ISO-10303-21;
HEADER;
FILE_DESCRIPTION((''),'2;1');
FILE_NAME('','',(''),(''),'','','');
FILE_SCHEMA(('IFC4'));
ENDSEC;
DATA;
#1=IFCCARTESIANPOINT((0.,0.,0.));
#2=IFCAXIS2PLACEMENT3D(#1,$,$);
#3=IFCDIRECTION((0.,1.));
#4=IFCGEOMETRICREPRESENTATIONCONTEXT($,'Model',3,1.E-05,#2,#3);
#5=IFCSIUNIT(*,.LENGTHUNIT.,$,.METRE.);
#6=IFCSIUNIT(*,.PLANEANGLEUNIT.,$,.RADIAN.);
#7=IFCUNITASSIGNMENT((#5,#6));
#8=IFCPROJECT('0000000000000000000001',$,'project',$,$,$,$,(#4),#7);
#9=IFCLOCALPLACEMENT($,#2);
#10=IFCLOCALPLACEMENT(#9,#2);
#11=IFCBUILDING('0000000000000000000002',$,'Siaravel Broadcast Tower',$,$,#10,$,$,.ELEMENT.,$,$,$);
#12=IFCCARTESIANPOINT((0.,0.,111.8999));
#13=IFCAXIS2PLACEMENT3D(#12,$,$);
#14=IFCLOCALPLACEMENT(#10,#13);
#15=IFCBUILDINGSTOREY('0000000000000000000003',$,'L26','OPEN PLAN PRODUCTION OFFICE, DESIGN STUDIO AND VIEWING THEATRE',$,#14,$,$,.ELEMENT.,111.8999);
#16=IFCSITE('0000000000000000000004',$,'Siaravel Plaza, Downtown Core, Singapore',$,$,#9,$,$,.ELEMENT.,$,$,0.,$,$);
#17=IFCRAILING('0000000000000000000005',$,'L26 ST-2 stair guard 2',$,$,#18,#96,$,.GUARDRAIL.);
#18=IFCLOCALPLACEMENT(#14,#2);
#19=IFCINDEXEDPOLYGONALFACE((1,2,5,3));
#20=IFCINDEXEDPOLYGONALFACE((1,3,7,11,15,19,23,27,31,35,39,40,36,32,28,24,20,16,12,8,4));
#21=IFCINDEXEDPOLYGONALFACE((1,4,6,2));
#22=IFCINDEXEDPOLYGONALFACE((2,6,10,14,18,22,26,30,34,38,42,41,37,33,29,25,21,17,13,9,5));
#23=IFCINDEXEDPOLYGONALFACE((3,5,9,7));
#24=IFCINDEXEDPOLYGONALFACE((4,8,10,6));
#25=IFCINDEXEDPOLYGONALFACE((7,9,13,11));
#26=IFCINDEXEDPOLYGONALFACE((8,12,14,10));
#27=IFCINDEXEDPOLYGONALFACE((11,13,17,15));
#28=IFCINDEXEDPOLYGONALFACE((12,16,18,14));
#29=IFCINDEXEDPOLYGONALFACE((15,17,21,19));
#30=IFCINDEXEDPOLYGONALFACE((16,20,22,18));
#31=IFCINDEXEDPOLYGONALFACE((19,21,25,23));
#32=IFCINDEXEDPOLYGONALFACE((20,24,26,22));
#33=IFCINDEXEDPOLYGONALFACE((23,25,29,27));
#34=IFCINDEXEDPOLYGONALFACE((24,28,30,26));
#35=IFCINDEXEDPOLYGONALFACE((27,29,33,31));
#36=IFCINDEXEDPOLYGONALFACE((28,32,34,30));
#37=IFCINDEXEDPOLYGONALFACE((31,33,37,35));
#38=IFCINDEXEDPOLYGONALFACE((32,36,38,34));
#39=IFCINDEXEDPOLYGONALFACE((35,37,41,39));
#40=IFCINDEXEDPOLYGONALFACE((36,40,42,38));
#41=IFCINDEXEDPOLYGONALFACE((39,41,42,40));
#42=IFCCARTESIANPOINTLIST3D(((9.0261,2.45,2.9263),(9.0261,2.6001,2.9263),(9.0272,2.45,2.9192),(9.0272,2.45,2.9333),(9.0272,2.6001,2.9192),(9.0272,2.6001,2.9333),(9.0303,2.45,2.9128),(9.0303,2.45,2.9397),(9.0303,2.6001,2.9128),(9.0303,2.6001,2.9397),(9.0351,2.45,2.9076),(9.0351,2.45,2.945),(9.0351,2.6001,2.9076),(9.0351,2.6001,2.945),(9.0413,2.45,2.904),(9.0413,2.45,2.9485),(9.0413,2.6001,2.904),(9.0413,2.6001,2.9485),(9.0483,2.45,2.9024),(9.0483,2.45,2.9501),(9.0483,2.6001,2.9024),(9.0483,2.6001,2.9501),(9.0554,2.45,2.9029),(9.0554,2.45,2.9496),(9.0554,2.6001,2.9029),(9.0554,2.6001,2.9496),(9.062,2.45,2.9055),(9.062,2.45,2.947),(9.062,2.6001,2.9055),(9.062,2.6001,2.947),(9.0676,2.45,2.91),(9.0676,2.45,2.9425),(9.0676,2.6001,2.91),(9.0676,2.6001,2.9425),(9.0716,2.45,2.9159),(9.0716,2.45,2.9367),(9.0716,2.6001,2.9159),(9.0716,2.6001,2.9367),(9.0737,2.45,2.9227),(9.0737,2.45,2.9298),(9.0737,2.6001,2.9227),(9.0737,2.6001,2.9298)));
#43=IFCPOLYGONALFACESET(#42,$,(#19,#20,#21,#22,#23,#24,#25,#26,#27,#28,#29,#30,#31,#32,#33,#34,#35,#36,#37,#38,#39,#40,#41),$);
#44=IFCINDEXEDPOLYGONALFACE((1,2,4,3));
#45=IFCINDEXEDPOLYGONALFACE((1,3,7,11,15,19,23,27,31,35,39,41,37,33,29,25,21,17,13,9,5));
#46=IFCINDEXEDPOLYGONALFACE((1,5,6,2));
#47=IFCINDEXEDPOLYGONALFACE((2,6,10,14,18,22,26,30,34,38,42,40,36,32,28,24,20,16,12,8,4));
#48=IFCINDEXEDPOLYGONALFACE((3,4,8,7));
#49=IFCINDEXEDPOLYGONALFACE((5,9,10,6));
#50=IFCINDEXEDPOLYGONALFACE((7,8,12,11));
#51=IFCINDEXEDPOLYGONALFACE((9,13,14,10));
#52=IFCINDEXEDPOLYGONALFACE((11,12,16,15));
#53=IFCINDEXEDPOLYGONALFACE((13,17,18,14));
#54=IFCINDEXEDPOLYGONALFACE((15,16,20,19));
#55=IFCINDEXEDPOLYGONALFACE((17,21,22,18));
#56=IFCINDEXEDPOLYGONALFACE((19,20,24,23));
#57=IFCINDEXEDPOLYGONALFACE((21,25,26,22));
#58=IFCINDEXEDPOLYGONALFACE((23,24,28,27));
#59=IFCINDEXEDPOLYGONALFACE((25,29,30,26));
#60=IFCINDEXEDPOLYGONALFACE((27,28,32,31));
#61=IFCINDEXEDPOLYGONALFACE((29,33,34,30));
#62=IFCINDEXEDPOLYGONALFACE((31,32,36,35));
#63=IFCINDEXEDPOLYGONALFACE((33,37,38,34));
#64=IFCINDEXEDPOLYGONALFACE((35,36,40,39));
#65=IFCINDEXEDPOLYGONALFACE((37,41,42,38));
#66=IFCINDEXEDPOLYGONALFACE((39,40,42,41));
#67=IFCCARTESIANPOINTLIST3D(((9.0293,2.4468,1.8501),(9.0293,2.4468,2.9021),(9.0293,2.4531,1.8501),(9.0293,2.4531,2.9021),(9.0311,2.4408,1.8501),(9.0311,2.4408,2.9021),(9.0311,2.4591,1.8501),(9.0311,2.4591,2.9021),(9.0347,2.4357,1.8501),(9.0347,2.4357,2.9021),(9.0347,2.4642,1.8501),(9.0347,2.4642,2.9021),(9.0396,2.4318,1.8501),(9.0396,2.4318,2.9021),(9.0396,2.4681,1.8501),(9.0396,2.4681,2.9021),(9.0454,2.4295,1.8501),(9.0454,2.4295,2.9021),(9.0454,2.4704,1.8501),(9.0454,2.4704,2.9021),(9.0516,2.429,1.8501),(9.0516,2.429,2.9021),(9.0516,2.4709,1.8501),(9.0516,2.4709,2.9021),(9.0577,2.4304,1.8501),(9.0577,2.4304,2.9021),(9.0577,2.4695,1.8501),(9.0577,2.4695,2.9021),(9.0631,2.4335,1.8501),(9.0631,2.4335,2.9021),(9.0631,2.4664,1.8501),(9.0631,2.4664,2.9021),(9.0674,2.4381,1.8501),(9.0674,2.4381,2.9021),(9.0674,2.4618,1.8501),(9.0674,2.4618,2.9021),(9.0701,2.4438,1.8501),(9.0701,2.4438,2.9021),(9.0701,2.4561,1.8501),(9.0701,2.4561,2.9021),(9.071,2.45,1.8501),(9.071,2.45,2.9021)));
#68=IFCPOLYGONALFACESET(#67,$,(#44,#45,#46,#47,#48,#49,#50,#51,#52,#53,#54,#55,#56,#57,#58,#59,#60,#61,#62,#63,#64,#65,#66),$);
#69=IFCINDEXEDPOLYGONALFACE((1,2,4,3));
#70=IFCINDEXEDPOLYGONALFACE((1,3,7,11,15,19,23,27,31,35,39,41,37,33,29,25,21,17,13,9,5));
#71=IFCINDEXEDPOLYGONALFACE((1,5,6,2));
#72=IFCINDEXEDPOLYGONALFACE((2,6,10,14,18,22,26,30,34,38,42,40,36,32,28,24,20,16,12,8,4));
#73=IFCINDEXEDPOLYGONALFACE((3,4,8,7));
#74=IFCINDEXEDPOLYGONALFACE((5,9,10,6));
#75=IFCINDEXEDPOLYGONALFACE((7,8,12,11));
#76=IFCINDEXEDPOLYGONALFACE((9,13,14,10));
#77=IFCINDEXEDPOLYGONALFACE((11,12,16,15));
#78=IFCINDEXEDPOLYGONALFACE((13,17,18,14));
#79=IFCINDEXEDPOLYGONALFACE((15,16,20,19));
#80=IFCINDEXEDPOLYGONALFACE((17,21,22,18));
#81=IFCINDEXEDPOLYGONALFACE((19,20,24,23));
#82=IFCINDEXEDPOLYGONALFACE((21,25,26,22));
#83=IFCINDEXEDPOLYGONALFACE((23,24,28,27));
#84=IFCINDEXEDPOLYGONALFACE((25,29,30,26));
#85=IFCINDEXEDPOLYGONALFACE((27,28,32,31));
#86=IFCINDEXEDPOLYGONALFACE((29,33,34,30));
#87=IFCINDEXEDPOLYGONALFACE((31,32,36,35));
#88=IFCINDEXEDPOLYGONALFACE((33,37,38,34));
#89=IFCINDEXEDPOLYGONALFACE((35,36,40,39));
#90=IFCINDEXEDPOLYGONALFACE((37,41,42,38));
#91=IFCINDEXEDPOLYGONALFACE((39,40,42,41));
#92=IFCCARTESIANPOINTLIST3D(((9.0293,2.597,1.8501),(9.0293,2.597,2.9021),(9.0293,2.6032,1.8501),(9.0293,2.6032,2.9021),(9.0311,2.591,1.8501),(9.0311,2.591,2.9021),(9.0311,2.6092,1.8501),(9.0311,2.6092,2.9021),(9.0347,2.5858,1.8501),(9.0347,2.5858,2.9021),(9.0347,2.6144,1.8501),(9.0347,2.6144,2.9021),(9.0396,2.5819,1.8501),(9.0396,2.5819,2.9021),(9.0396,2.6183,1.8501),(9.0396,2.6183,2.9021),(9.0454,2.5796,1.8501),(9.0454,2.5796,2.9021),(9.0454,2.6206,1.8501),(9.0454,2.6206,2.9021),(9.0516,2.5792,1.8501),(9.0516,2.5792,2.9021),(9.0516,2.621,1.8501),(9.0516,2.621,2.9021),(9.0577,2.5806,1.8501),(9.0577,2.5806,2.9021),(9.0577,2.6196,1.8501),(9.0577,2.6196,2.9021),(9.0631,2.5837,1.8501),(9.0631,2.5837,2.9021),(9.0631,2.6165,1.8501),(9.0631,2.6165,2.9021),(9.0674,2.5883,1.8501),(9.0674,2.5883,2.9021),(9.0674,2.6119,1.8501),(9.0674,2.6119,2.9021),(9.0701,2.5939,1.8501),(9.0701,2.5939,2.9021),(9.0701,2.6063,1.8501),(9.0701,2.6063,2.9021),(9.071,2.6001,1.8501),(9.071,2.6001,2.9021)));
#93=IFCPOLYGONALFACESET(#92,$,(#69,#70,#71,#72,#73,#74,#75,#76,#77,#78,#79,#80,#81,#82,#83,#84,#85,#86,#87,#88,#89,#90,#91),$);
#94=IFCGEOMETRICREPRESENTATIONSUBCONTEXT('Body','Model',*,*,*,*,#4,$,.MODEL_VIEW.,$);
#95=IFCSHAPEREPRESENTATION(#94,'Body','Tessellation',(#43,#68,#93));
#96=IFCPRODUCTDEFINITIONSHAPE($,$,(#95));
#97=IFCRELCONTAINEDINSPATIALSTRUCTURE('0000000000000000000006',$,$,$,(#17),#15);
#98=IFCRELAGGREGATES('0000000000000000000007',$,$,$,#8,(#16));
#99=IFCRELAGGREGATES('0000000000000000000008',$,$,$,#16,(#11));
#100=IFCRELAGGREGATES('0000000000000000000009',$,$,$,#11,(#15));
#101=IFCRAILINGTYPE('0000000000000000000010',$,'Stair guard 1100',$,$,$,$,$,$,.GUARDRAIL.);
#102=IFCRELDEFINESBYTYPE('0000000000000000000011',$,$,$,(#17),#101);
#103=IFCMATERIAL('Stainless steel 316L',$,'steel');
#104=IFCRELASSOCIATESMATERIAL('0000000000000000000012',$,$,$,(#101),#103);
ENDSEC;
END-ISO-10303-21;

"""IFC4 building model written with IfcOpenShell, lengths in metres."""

from ifc_helpers import new_model, si_unit, direction, frame, origin, origin_2d, place, context, subcontext, project, spatial, circle, extrude, material, type_object, element, save


model = new_model("IFC4")

# Units and contexts
model_context = context("Model", 3, precision=1e-05, world=origin(), true_north=direction((0.0, 1.0)))
body_context = subcontext(model_context, "Body", "Model", "MODEL_VIEW")
ifc_project = project(units=[si_unit("LENGTHUNIT", "METRE"), si_unit("PLANEANGLEUNIT", "RADIAN")], contexts=[model_context])

# Site, building, storey
site_placement = place(None, origin())
site = spatial("IfcSite", under=ifc_project, at=site_placement, Name="Siaravel Plaza, Downtown Core, Singapore", CompositionType="ELEMENT", RefElevation=0.0)
building_placement = place(site_placement, origin())
building = spatial("IfcBuilding", under=site, at=building_placement, Name="Siaravel Broadcast Tower", CompositionType="ELEMENT")
storey_placement = place(building_placement, frame((0.0, 0.0, 111.8999)))
storey = spatial("IfcBuildingStorey", under=building, at=storey_placement, Name="L26", Description="OPEN PLAN PRODUCTION OFFICE, DESIGN STUDIO AND VIEWING THEATRE", CompositionType="ELEMENT", Elevation=111.8999)

# Railing
ifc_material_1 = material(Name="Stainless steel 316L", Category="steel")
railing_type_1 = type_object("IfcRailingType", Name="Stair guard 1100", PredefinedType="GUARDRAIL", material=ifc_material_1)
railing_1_placement = place(storey_placement, frame((9.05, 2.45, 1.8501)))
element("IfcRailing", 1, at=railing_1_placement, inside=storey, type_object=railing_type_1, Name="L26 ST-2 stair guard 2", PredefinedType="GUARDRAIL", context=body_context, shape_type="SweptSolid", body=[
    extrude(circle(Radius=0.0239, at=origin_2d()), frame((0.0, 0.0, 1.0762), z_axis=(0.0, 1.0, 0.0), x_axis=(-1.0, 0.0, 0.0)), (0.0, 0.0, 1.0), 0.1501),
    extrude(circle(Radius=0.021, at=origin_2d()), origin(), (0.0, 0.0, 1.0), 1.052),
    extrude(circle(Radius=0.021, at=origin_2d()), frame((0.0, 0.1501, 0.0)), (0.0, 0.0, 1.0), 1.052),
])

save(model, "model.ifc")
